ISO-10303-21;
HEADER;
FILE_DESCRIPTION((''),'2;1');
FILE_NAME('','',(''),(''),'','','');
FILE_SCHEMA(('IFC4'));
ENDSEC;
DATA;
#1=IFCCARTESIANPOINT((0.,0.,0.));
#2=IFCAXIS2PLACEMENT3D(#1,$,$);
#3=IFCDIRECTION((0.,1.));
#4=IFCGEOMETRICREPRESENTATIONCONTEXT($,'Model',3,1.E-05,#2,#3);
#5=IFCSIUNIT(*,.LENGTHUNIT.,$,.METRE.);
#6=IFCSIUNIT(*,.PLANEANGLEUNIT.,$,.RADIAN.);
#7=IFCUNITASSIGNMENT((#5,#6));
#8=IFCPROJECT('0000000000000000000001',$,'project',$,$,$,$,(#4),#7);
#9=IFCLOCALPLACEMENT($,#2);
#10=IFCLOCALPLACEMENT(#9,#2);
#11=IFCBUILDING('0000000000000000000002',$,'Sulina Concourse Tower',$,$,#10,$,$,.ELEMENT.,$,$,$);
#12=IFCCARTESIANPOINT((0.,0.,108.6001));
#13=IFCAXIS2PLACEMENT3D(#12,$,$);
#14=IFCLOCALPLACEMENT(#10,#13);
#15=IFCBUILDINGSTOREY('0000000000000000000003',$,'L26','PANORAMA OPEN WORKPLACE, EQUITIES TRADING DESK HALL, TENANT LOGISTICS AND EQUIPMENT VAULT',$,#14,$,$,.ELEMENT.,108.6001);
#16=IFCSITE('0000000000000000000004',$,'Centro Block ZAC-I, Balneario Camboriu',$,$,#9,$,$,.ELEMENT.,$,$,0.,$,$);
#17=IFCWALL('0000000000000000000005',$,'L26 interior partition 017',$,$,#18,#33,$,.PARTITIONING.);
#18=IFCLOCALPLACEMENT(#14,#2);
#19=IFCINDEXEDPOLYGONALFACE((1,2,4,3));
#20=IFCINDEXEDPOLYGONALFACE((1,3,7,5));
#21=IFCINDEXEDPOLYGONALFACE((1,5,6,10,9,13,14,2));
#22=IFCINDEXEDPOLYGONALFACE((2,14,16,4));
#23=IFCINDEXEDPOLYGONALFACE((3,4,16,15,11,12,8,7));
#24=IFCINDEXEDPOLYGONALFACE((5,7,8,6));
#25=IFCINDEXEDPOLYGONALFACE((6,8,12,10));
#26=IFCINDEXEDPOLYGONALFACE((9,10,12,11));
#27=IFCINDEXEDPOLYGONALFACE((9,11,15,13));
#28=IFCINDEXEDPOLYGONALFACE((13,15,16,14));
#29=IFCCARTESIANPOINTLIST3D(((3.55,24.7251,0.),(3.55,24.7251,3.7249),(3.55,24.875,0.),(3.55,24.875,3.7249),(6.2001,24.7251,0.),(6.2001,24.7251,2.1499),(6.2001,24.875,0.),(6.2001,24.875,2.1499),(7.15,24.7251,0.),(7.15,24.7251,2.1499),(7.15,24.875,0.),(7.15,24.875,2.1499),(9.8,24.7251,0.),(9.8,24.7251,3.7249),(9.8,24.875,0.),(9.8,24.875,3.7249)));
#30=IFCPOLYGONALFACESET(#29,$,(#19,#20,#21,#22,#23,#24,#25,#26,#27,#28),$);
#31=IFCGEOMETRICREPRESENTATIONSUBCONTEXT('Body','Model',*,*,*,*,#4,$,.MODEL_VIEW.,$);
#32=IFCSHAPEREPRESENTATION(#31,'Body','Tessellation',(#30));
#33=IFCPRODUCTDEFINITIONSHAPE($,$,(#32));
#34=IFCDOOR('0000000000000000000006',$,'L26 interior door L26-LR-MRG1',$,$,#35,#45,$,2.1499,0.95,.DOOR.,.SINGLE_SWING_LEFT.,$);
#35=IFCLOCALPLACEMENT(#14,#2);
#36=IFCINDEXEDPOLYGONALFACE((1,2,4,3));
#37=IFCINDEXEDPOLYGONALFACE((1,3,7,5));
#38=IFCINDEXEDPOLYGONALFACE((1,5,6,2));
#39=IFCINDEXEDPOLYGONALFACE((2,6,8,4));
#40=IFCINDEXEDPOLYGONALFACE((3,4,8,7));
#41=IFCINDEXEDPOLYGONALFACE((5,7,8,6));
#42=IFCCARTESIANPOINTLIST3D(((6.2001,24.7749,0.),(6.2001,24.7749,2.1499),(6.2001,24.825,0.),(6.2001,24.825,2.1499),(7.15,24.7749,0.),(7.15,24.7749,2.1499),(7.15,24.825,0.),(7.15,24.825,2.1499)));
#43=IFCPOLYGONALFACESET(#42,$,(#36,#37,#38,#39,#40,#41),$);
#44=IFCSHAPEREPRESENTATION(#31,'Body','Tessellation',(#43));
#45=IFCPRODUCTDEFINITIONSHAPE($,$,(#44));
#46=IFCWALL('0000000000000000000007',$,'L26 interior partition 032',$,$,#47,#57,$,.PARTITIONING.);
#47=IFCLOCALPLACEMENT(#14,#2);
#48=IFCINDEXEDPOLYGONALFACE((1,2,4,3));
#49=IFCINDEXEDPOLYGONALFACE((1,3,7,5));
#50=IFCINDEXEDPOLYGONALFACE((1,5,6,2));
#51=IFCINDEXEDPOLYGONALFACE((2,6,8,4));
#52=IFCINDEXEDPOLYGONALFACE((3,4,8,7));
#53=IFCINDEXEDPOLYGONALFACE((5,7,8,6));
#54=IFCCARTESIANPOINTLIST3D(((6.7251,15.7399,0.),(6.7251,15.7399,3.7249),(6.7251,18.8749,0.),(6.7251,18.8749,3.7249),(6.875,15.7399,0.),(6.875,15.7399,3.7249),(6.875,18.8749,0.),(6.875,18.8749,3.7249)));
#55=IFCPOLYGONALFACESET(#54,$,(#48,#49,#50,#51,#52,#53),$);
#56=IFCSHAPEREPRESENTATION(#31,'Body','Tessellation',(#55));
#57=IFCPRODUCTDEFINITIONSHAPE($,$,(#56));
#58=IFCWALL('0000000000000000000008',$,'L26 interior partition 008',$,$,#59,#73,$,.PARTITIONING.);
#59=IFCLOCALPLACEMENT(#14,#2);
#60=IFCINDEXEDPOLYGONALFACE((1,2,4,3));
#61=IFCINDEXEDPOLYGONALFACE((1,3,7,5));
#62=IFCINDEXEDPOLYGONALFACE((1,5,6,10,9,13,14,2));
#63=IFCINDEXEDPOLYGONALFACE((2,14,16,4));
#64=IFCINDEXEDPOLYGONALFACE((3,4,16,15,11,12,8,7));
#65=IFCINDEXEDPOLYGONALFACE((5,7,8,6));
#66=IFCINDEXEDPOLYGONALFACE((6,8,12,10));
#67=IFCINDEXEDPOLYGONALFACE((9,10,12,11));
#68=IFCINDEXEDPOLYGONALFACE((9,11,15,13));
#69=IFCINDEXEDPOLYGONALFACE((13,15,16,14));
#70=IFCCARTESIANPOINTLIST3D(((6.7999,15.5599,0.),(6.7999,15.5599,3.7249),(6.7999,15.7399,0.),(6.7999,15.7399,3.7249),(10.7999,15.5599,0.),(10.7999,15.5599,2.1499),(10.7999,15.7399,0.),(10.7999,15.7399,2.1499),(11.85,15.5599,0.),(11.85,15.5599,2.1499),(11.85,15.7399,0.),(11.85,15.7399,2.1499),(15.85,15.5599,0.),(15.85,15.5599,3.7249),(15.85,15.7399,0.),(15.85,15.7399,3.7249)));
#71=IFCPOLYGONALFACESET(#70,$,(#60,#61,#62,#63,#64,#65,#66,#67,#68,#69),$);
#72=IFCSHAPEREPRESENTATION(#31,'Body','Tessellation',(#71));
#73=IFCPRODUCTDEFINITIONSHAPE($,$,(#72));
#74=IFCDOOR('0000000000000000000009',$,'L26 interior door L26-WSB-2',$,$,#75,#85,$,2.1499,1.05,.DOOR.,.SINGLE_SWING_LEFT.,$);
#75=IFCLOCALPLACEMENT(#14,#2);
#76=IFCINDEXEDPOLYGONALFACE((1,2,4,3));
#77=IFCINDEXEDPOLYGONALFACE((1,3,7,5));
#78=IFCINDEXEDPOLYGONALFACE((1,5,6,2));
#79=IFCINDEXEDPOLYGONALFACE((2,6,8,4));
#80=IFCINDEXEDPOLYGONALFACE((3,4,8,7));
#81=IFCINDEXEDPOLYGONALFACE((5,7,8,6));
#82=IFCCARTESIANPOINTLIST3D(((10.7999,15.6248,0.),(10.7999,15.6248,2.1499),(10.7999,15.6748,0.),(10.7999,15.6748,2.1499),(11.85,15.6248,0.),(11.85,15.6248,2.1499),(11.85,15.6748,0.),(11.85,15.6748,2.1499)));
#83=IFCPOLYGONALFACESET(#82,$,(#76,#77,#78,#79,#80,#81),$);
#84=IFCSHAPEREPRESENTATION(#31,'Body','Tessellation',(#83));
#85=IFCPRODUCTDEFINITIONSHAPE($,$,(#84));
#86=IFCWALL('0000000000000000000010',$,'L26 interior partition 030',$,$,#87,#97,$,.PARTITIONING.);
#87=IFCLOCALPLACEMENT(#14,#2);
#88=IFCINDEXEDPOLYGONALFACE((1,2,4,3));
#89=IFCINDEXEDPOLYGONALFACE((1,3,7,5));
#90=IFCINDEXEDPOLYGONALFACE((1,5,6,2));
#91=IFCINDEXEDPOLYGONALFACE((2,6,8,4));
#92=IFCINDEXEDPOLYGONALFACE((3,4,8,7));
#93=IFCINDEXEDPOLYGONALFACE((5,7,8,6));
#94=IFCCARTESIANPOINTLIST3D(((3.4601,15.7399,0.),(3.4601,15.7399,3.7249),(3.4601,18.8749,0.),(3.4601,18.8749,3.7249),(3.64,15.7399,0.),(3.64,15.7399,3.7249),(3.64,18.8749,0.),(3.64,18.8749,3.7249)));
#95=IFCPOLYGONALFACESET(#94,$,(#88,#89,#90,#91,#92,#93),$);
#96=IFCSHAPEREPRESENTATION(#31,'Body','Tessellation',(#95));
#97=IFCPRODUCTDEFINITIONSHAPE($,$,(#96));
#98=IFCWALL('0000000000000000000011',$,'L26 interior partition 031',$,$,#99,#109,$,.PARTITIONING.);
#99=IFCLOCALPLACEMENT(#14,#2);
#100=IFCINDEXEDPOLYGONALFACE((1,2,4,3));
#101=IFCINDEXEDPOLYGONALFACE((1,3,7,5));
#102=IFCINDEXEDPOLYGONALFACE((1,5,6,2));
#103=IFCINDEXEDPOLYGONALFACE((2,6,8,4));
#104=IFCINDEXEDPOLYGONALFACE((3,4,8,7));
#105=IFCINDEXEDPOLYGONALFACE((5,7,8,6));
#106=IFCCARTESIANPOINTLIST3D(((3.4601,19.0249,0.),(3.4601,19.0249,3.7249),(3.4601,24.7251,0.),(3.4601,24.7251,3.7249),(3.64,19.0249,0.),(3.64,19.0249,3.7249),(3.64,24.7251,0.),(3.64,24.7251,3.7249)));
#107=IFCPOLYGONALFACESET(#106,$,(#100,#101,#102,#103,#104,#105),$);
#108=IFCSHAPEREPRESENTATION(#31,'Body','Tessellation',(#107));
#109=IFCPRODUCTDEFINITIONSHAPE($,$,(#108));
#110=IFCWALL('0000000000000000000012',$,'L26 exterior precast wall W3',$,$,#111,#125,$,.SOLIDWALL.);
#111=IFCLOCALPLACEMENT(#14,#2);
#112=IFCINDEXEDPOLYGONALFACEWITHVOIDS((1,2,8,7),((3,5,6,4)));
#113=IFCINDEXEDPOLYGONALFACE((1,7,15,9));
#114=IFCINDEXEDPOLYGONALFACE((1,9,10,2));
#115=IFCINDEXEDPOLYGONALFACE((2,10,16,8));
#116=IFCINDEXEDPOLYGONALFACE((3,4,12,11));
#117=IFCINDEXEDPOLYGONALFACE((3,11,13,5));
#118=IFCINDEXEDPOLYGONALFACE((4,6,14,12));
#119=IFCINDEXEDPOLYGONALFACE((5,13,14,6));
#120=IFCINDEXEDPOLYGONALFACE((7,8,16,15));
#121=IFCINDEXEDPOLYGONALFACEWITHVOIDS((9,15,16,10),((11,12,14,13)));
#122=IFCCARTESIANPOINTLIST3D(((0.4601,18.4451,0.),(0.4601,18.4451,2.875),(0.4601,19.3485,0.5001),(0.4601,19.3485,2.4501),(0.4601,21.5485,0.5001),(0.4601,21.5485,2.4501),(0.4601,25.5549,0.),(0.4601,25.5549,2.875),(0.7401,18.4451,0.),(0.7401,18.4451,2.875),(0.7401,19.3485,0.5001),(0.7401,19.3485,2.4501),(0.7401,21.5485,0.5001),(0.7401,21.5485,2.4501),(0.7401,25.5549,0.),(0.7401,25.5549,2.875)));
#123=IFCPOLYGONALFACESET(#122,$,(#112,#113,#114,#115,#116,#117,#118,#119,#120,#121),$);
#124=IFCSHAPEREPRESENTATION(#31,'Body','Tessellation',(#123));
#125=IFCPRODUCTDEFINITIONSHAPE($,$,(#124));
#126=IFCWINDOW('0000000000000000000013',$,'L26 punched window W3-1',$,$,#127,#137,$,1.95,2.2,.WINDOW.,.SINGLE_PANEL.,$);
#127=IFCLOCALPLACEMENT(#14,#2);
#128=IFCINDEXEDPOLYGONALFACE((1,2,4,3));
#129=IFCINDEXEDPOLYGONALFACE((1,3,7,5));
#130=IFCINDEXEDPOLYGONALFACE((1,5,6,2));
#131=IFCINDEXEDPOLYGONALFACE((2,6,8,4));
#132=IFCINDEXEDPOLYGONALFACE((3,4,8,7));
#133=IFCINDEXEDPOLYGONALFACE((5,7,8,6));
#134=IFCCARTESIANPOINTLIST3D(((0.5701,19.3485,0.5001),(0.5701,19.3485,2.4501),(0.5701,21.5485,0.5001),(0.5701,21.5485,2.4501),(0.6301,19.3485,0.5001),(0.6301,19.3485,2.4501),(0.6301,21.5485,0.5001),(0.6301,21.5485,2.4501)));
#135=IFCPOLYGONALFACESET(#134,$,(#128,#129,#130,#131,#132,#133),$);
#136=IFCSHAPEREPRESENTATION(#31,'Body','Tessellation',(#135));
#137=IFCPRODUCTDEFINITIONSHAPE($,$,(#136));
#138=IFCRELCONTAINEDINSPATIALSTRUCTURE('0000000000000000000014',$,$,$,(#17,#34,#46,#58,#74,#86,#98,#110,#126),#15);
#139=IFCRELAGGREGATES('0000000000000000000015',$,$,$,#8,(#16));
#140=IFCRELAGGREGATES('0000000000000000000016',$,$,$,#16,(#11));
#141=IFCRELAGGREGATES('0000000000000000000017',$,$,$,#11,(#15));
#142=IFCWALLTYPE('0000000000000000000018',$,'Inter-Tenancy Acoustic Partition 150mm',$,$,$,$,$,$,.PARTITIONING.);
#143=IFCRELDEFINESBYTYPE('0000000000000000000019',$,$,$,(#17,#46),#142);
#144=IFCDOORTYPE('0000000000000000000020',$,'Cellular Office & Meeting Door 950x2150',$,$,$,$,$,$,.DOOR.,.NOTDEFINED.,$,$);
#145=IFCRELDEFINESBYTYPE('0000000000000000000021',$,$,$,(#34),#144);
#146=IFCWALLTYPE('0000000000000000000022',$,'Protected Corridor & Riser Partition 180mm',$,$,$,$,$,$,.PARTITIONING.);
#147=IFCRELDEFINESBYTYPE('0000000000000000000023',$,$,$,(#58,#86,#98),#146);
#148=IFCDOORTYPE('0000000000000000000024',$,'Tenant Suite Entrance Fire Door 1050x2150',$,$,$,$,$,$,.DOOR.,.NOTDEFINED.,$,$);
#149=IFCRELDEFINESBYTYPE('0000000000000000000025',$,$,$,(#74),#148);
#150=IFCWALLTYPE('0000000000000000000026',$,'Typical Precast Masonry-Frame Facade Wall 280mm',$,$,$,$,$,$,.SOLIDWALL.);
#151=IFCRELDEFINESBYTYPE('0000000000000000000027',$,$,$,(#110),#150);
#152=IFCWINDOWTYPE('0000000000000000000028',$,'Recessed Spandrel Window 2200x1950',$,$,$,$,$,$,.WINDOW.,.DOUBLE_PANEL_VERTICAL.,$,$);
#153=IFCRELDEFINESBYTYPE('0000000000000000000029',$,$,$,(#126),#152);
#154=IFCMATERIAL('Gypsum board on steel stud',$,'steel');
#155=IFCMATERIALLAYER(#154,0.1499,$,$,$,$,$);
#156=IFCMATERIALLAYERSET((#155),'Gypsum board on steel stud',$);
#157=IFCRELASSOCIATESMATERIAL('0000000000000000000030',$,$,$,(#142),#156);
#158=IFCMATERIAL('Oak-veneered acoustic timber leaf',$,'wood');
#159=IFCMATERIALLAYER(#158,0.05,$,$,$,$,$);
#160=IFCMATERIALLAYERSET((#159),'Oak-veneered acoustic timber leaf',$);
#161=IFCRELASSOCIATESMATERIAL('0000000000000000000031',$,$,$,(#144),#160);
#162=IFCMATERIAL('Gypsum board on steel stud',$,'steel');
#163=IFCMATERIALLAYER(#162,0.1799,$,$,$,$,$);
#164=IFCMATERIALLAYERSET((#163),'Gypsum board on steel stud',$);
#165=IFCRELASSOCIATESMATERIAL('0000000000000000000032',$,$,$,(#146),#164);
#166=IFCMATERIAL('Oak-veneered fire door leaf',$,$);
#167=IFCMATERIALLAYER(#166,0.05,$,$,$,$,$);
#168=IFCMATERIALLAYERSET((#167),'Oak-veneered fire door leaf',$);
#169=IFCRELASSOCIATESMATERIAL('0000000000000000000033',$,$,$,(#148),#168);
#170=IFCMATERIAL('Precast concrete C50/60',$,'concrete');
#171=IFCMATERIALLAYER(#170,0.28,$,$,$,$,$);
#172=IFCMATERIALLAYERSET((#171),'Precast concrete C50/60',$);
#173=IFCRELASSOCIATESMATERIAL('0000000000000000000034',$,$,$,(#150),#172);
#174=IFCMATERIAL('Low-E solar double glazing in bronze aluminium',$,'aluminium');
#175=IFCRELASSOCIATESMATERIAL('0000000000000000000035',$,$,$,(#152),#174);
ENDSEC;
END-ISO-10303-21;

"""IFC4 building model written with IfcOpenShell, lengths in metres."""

from ifc_helpers import new_model, si_unit, direction, frame, frame_2d, origin, place, context, subcontext, project, spatial, rectangle, extrude, material, layer, layer_set, type_object, element, fill, save


model = new_model("IFC4")

# Units and contexts
model_context = context("Model", 3, precision=1e-05, world=origin(), true_north=direction((0.0, 1.0)))
body_context = subcontext(model_context, "Body", "Model", "MODEL_VIEW")
ifc_project = project(units=[si_unit("LENGTHUNIT", "METRE"), si_unit("PLANEANGLEUNIT", "RADIAN")], contexts=[model_context])

# Site, building, storey
site_placement = place(None, origin())
site = spatial("IfcSite", under=ifc_project, at=site_placement, Name="Centro Block ZAC-I, Balneario Camboriu", CompositionType="ELEMENT", RefElevation=0.0)
building_placement = place(site_placement, origin())
building = spatial("IfcBuilding", under=site, at=building_placement, Name="Sulina Concourse Tower", CompositionType="ELEMENT")
storey_placement = place(building_placement, frame((0.0, 0.0, 108.6001)))
storey = spatial("IfcBuildingStorey", under=building, at=storey_placement, Name="L26", Description="PANORAMA OPEN WORKPLACE, EQUITIES TRADING DESK HALL, TENANT LOGISTICS AND EQUIPMENT VAULT", CompositionType="ELEMENT", Elevation=108.6001)

# Shared definitions
ifc_material_1 = material(Name="Gypsum board on steel stud", Category="steel")
ifc_layer_1 = layer(ifc_material_1, 0.1499)
ifc_layer_set_1 = layer_set([ifc_layer_1], Name="Gypsum board on steel stud")
wall_type_1 = type_object("IfcWallType", Name="Inter-Tenancy Acoustic Partition 150mm", PredefinedType="PARTITIONING", material=ifc_layer_set_1)

# Wall, opening, door
wall_1_placement = place(storey_placement, frame((3.55, 24.8, 0.0), z_axis=(0.0, 0.0, 1.0), x_axis=(1.0, 0.0, 0.0)))
wall_1 = element("IfcWall", 1, at=wall_1_placement, inside=storey, type_object=wall_type_1, Name="L26 interior partition 017", PredefinedType="PARTITIONING", context=body_context, shape_type="SweptSolid", body=[
    extrude(rectangle(XDim=6.25, YDim=0.1499, at=frame_2d((3.125, 0.0))), origin(), (0.0, 0.0, 1.0), 3.7249),
])
opening_1_placement = place(wall_1_placement, frame((2.6499, 0.0, 0.0)))
opening_1 = element("IfcOpeningElement", 2, at=opening_1_placement, cuts=wall_1, PredefinedType="OPENING", context=body_context, shape_type="SweptSolid", body=[
    extrude(rectangle(XDim=0.95, YDim=2.1499, at=frame_2d((0.4751, 1.075))), frame((0.0, 0.085, 0.0), z_axis=(0.0, -1.0, 0.0), x_axis=(1.0, 0.0, 0.0)), (0.0, 0.0, 1.0), 0.1699),
])
ifc_material_2 = material(Name="Oak-veneered acoustic timber leaf", Category="wood")
ifc_layer_2 = layer(ifc_material_2, 0.05)
ifc_layer_set_2 = layer_set([ifc_layer_2], Name="Oak-veneered acoustic timber leaf")
door_type_1 = type_object("IfcDoorType", Name="Cellular Office & Meeting Door 950x2150", OperationType="NOTDEFINED", PredefinedType="DOOR", material=ifc_layer_set_2)
door_1_placement = place(opening_1_placement, origin())
door_1 = element("IfcDoor", 3, at=door_1_placement, inside=storey, type_object=door_type_1, Name="L26 interior door L26-LR-MRG1", OperationType="SINGLE_SWING_LEFT", OverallHeight=2.1499, OverallWidth=0.95, PredefinedType="DOOR", context=body_context, shape_type="SweptSolid", body=[
    extrude(rectangle(XDim=0.95, YDim=2.1499, at=frame_2d((0.4751, 1.075))), frame((0.0, 0.0249, 0.0), z_axis=(0.0, -1.0, 0.0), x_axis=(1.0, 0.0, 0.0)), (0.0, 0.0, 1.0), 0.05),
])
fill(opening_1, door_1)

# Wall
wall_2_placement = place(storey_placement, frame((6.8, 15.74, 0.0), z_axis=(0.0, 0.0, 1.0), x_axis=(0.0, 1.0, 0.0)))
element("IfcWall", 4, at=wall_2_placement, inside=storey, type_object=wall_type_1, Name="L26 interior partition 032", PredefinedType="PARTITIONING", context=body_context, shape_type="SweptSolid", body=[
    extrude(rectangle(XDim=3.135, YDim=0.1499, at=frame_2d((1.5674, 0.0))), origin(), (0.0, 0.0, 1.0), 3.7249),
])

# Wall, opening, door
ifc_material_3 = material(Name="Gypsum board on steel stud", Category="steel")
ifc_layer_3 = layer(ifc_material_3, 0.1799)
ifc_layer_set_3 = layer_set([ifc_layer_3], Name="Gypsum board on steel stud")
wall_type_2 = type_object("IfcWallType", Name="Protected Corridor & Riser Partition 180mm", PredefinedType="PARTITIONING", material=ifc_layer_set_3)
wall_3_placement = place(storey_placement, frame((6.8, 15.6499, 0.0), z_axis=(0.0, 0.0, 1.0), x_axis=(1.0, 0.0, 0.0)))
wall_3 = element("IfcWall", 5, at=wall_3_placement, inside=storey, type_object=wall_type_2, Name="L26 interior partition 008", PredefinedType="PARTITIONING", context=body_context, shape_type="SweptSolid", body=[
    extrude(rectangle(XDim=9.05, YDim=0.1799, at=frame_2d((4.5249, 0.0))), origin(), (0.0, 0.0, 1.0), 3.7249),
])
opening_2_placement = place(wall_3_placement, frame((4.0, 0.0, 0.0)))
opening_2 = element("IfcOpeningElement", 6, at=opening_2_placement, cuts=wall_3, PredefinedType="OPENING", context=body_context, shape_type="SweptSolid", body=[
    extrude(rectangle(XDim=1.05, YDim=2.1499, at=frame_2d((0.5249, 1.075))), frame((0.0, 0.0999, 0.0), z_axis=(0.0, -1.0, 0.0), x_axis=(1.0, 0.0, 0.0)), (0.0, 0.0, 1.0), 0.2),
])
ifc_material_4 = material(Name="Oak-veneered fire door leaf")
ifc_layer_4 = layer(ifc_material_4, 0.05)
ifc_layer_set_4 = layer_set([ifc_layer_4], Name="Oak-veneered fire door leaf")
door_type_2 = type_object("IfcDoorType", Name="Tenant Suite Entrance Fire Door 1050x2150", OperationType="NOTDEFINED", PredefinedType="DOOR", material=ifc_layer_set_4)
door_2_placement = place(opening_2_placement, origin())
door_2 = element("IfcDoor", 7, at=door_2_placement, inside=storey, type_object=door_type_2, Name="L26 interior door L26-WSB-2", OperationType="SINGLE_SWING_LEFT", OverallHeight=2.1499, OverallWidth=1.05, PredefinedType="DOOR", context=body_context, shape_type="SweptSolid", body=[
    extrude(rectangle(XDim=1.05, YDim=2.1499, at=frame_2d((0.5249, 1.075))), frame((0.0, 0.0249, 0.0), z_axis=(0.0, -1.0, 0.0), x_axis=(1.0, 0.0, 0.0)), (0.0, 0.0, 1.0), 0.05),
])
fill(opening_2, door_2)

# Walls
wall_4_placement = place(storey_placement, frame((3.55, 15.74, 0.0), z_axis=(0.0, 0.0, 1.0), x_axis=(0.0, 1.0, 0.0)))
element("IfcWall", 8, at=wall_4_placement, inside=storey, type_object=wall_type_2, Name="L26 interior partition 030", PredefinedType="PARTITIONING", context=body_context, shape_type="SweptSolid", body=[
    extrude(rectangle(XDim=3.135, YDim=0.1799, at=frame_2d((1.5674, 0.0))), origin(), (0.0, 0.0, 1.0), 3.7249),
])
wall_5_placement = place(storey_placement, frame((3.55, 19.0249, 0.0), z_axis=(0.0, 0.0, 1.0), x_axis=(0.0, 1.0, 0.0)))
element("IfcWall", 9, at=wall_5_placement, inside=storey, type_object=wall_type_2, Name="L26 interior partition 031", PredefinedType="PARTITIONING", context=body_context, shape_type="SweptSolid", body=[
    extrude(rectangle(XDim=5.7002, YDim=0.1799, at=frame_2d((2.8501, 0.0))), origin(), (0.0, 0.0, 1.0), 3.7249),
])

# Wall, opening, window
ifc_material_5 = material(Name="Precast concrete C50/60", Category="concrete")
ifc_layer_5 = layer(ifc_material_5, 0.28)
ifc_layer_set_5 = layer_set([ifc_layer_5], Name="Precast concrete C50/60")
wall_type_3 = type_object("IfcWallType", Name="Typical Precast Masonry-Frame Facade Wall 280mm", PredefinedType="SOLIDWALL", material=ifc_layer_set_5)
wall_6_placement = place(storey_placement, frame((0.6001, 18.4451, 0.0), z_axis=(0.0, 0.0, 1.0), x_axis=(0.0, 1.0, 0.0)))
wall_6 = element("IfcWall", 10, at=wall_6_placement, inside=storey, type_object=wall_type_3, Name="L26 exterior precast wall W3", PredefinedType="SOLIDWALL", context=body_context, shape_type="SweptSolid", body=[
    extrude(rectangle(XDim=7.1099, YDim=0.28, at=frame_2d((3.5549, 0.0))), origin(), (0.0, 0.0, 1.0), 2.875),
])
opening_3_placement = place(wall_6_placement, frame((0.9033, 0.0, 0.5)))
opening_3 = element("IfcOpeningElement", 11, at=opening_3_placement, cuts=wall_6, PredefinedType="OPENING", context=body_context, shape_type="SweptSolid", body=[
    extrude(rectangle(XDim=2.2, YDim=1.95, at=frame_2d((1.1001, 0.9751))), frame((0.0, 0.1499, 0.0), z_axis=(0.0, -1.0, 0.0), x_axis=(1.0, 0.0, 0.0)), (0.0, 0.0, 1.0), 0.3),
])
ifc_material_6 = material(Name="Low-E solar double glazing in bronze aluminium", Category="aluminium")
window_type = type_object("IfcWindowType", Name="Recessed Spandrel Window 2200x1950", PartitioningType="DOUBLE_PANEL_VERTICAL", PredefinedType="WINDOW", material=ifc_material_6)
window_placement = place(opening_3_placement, origin())
window = element("IfcWindow", 12, at=window_placement, inside=storey, type_object=window_type, Name="L26 punched window W3-1", OverallHeight=1.95, OverallWidth=2.2, PartitioningType="SINGLE_PANEL", PredefinedType="WINDOW", context=body_context, shape_type="SweptSolid", body=[
    extrude(rectangle(XDim=2.2, YDim=1.95, at=frame_2d((1.1001, 0.9751))), frame((0.0, 0.03, 0.0), z_axis=(0.0, -1.0, 0.0), x_axis=(1.0, 0.0, 0.0)), (0.0, 0.0, 1.0), 0.0601),
])
fill(opening_3, window)

save(model, "model.ifc")
